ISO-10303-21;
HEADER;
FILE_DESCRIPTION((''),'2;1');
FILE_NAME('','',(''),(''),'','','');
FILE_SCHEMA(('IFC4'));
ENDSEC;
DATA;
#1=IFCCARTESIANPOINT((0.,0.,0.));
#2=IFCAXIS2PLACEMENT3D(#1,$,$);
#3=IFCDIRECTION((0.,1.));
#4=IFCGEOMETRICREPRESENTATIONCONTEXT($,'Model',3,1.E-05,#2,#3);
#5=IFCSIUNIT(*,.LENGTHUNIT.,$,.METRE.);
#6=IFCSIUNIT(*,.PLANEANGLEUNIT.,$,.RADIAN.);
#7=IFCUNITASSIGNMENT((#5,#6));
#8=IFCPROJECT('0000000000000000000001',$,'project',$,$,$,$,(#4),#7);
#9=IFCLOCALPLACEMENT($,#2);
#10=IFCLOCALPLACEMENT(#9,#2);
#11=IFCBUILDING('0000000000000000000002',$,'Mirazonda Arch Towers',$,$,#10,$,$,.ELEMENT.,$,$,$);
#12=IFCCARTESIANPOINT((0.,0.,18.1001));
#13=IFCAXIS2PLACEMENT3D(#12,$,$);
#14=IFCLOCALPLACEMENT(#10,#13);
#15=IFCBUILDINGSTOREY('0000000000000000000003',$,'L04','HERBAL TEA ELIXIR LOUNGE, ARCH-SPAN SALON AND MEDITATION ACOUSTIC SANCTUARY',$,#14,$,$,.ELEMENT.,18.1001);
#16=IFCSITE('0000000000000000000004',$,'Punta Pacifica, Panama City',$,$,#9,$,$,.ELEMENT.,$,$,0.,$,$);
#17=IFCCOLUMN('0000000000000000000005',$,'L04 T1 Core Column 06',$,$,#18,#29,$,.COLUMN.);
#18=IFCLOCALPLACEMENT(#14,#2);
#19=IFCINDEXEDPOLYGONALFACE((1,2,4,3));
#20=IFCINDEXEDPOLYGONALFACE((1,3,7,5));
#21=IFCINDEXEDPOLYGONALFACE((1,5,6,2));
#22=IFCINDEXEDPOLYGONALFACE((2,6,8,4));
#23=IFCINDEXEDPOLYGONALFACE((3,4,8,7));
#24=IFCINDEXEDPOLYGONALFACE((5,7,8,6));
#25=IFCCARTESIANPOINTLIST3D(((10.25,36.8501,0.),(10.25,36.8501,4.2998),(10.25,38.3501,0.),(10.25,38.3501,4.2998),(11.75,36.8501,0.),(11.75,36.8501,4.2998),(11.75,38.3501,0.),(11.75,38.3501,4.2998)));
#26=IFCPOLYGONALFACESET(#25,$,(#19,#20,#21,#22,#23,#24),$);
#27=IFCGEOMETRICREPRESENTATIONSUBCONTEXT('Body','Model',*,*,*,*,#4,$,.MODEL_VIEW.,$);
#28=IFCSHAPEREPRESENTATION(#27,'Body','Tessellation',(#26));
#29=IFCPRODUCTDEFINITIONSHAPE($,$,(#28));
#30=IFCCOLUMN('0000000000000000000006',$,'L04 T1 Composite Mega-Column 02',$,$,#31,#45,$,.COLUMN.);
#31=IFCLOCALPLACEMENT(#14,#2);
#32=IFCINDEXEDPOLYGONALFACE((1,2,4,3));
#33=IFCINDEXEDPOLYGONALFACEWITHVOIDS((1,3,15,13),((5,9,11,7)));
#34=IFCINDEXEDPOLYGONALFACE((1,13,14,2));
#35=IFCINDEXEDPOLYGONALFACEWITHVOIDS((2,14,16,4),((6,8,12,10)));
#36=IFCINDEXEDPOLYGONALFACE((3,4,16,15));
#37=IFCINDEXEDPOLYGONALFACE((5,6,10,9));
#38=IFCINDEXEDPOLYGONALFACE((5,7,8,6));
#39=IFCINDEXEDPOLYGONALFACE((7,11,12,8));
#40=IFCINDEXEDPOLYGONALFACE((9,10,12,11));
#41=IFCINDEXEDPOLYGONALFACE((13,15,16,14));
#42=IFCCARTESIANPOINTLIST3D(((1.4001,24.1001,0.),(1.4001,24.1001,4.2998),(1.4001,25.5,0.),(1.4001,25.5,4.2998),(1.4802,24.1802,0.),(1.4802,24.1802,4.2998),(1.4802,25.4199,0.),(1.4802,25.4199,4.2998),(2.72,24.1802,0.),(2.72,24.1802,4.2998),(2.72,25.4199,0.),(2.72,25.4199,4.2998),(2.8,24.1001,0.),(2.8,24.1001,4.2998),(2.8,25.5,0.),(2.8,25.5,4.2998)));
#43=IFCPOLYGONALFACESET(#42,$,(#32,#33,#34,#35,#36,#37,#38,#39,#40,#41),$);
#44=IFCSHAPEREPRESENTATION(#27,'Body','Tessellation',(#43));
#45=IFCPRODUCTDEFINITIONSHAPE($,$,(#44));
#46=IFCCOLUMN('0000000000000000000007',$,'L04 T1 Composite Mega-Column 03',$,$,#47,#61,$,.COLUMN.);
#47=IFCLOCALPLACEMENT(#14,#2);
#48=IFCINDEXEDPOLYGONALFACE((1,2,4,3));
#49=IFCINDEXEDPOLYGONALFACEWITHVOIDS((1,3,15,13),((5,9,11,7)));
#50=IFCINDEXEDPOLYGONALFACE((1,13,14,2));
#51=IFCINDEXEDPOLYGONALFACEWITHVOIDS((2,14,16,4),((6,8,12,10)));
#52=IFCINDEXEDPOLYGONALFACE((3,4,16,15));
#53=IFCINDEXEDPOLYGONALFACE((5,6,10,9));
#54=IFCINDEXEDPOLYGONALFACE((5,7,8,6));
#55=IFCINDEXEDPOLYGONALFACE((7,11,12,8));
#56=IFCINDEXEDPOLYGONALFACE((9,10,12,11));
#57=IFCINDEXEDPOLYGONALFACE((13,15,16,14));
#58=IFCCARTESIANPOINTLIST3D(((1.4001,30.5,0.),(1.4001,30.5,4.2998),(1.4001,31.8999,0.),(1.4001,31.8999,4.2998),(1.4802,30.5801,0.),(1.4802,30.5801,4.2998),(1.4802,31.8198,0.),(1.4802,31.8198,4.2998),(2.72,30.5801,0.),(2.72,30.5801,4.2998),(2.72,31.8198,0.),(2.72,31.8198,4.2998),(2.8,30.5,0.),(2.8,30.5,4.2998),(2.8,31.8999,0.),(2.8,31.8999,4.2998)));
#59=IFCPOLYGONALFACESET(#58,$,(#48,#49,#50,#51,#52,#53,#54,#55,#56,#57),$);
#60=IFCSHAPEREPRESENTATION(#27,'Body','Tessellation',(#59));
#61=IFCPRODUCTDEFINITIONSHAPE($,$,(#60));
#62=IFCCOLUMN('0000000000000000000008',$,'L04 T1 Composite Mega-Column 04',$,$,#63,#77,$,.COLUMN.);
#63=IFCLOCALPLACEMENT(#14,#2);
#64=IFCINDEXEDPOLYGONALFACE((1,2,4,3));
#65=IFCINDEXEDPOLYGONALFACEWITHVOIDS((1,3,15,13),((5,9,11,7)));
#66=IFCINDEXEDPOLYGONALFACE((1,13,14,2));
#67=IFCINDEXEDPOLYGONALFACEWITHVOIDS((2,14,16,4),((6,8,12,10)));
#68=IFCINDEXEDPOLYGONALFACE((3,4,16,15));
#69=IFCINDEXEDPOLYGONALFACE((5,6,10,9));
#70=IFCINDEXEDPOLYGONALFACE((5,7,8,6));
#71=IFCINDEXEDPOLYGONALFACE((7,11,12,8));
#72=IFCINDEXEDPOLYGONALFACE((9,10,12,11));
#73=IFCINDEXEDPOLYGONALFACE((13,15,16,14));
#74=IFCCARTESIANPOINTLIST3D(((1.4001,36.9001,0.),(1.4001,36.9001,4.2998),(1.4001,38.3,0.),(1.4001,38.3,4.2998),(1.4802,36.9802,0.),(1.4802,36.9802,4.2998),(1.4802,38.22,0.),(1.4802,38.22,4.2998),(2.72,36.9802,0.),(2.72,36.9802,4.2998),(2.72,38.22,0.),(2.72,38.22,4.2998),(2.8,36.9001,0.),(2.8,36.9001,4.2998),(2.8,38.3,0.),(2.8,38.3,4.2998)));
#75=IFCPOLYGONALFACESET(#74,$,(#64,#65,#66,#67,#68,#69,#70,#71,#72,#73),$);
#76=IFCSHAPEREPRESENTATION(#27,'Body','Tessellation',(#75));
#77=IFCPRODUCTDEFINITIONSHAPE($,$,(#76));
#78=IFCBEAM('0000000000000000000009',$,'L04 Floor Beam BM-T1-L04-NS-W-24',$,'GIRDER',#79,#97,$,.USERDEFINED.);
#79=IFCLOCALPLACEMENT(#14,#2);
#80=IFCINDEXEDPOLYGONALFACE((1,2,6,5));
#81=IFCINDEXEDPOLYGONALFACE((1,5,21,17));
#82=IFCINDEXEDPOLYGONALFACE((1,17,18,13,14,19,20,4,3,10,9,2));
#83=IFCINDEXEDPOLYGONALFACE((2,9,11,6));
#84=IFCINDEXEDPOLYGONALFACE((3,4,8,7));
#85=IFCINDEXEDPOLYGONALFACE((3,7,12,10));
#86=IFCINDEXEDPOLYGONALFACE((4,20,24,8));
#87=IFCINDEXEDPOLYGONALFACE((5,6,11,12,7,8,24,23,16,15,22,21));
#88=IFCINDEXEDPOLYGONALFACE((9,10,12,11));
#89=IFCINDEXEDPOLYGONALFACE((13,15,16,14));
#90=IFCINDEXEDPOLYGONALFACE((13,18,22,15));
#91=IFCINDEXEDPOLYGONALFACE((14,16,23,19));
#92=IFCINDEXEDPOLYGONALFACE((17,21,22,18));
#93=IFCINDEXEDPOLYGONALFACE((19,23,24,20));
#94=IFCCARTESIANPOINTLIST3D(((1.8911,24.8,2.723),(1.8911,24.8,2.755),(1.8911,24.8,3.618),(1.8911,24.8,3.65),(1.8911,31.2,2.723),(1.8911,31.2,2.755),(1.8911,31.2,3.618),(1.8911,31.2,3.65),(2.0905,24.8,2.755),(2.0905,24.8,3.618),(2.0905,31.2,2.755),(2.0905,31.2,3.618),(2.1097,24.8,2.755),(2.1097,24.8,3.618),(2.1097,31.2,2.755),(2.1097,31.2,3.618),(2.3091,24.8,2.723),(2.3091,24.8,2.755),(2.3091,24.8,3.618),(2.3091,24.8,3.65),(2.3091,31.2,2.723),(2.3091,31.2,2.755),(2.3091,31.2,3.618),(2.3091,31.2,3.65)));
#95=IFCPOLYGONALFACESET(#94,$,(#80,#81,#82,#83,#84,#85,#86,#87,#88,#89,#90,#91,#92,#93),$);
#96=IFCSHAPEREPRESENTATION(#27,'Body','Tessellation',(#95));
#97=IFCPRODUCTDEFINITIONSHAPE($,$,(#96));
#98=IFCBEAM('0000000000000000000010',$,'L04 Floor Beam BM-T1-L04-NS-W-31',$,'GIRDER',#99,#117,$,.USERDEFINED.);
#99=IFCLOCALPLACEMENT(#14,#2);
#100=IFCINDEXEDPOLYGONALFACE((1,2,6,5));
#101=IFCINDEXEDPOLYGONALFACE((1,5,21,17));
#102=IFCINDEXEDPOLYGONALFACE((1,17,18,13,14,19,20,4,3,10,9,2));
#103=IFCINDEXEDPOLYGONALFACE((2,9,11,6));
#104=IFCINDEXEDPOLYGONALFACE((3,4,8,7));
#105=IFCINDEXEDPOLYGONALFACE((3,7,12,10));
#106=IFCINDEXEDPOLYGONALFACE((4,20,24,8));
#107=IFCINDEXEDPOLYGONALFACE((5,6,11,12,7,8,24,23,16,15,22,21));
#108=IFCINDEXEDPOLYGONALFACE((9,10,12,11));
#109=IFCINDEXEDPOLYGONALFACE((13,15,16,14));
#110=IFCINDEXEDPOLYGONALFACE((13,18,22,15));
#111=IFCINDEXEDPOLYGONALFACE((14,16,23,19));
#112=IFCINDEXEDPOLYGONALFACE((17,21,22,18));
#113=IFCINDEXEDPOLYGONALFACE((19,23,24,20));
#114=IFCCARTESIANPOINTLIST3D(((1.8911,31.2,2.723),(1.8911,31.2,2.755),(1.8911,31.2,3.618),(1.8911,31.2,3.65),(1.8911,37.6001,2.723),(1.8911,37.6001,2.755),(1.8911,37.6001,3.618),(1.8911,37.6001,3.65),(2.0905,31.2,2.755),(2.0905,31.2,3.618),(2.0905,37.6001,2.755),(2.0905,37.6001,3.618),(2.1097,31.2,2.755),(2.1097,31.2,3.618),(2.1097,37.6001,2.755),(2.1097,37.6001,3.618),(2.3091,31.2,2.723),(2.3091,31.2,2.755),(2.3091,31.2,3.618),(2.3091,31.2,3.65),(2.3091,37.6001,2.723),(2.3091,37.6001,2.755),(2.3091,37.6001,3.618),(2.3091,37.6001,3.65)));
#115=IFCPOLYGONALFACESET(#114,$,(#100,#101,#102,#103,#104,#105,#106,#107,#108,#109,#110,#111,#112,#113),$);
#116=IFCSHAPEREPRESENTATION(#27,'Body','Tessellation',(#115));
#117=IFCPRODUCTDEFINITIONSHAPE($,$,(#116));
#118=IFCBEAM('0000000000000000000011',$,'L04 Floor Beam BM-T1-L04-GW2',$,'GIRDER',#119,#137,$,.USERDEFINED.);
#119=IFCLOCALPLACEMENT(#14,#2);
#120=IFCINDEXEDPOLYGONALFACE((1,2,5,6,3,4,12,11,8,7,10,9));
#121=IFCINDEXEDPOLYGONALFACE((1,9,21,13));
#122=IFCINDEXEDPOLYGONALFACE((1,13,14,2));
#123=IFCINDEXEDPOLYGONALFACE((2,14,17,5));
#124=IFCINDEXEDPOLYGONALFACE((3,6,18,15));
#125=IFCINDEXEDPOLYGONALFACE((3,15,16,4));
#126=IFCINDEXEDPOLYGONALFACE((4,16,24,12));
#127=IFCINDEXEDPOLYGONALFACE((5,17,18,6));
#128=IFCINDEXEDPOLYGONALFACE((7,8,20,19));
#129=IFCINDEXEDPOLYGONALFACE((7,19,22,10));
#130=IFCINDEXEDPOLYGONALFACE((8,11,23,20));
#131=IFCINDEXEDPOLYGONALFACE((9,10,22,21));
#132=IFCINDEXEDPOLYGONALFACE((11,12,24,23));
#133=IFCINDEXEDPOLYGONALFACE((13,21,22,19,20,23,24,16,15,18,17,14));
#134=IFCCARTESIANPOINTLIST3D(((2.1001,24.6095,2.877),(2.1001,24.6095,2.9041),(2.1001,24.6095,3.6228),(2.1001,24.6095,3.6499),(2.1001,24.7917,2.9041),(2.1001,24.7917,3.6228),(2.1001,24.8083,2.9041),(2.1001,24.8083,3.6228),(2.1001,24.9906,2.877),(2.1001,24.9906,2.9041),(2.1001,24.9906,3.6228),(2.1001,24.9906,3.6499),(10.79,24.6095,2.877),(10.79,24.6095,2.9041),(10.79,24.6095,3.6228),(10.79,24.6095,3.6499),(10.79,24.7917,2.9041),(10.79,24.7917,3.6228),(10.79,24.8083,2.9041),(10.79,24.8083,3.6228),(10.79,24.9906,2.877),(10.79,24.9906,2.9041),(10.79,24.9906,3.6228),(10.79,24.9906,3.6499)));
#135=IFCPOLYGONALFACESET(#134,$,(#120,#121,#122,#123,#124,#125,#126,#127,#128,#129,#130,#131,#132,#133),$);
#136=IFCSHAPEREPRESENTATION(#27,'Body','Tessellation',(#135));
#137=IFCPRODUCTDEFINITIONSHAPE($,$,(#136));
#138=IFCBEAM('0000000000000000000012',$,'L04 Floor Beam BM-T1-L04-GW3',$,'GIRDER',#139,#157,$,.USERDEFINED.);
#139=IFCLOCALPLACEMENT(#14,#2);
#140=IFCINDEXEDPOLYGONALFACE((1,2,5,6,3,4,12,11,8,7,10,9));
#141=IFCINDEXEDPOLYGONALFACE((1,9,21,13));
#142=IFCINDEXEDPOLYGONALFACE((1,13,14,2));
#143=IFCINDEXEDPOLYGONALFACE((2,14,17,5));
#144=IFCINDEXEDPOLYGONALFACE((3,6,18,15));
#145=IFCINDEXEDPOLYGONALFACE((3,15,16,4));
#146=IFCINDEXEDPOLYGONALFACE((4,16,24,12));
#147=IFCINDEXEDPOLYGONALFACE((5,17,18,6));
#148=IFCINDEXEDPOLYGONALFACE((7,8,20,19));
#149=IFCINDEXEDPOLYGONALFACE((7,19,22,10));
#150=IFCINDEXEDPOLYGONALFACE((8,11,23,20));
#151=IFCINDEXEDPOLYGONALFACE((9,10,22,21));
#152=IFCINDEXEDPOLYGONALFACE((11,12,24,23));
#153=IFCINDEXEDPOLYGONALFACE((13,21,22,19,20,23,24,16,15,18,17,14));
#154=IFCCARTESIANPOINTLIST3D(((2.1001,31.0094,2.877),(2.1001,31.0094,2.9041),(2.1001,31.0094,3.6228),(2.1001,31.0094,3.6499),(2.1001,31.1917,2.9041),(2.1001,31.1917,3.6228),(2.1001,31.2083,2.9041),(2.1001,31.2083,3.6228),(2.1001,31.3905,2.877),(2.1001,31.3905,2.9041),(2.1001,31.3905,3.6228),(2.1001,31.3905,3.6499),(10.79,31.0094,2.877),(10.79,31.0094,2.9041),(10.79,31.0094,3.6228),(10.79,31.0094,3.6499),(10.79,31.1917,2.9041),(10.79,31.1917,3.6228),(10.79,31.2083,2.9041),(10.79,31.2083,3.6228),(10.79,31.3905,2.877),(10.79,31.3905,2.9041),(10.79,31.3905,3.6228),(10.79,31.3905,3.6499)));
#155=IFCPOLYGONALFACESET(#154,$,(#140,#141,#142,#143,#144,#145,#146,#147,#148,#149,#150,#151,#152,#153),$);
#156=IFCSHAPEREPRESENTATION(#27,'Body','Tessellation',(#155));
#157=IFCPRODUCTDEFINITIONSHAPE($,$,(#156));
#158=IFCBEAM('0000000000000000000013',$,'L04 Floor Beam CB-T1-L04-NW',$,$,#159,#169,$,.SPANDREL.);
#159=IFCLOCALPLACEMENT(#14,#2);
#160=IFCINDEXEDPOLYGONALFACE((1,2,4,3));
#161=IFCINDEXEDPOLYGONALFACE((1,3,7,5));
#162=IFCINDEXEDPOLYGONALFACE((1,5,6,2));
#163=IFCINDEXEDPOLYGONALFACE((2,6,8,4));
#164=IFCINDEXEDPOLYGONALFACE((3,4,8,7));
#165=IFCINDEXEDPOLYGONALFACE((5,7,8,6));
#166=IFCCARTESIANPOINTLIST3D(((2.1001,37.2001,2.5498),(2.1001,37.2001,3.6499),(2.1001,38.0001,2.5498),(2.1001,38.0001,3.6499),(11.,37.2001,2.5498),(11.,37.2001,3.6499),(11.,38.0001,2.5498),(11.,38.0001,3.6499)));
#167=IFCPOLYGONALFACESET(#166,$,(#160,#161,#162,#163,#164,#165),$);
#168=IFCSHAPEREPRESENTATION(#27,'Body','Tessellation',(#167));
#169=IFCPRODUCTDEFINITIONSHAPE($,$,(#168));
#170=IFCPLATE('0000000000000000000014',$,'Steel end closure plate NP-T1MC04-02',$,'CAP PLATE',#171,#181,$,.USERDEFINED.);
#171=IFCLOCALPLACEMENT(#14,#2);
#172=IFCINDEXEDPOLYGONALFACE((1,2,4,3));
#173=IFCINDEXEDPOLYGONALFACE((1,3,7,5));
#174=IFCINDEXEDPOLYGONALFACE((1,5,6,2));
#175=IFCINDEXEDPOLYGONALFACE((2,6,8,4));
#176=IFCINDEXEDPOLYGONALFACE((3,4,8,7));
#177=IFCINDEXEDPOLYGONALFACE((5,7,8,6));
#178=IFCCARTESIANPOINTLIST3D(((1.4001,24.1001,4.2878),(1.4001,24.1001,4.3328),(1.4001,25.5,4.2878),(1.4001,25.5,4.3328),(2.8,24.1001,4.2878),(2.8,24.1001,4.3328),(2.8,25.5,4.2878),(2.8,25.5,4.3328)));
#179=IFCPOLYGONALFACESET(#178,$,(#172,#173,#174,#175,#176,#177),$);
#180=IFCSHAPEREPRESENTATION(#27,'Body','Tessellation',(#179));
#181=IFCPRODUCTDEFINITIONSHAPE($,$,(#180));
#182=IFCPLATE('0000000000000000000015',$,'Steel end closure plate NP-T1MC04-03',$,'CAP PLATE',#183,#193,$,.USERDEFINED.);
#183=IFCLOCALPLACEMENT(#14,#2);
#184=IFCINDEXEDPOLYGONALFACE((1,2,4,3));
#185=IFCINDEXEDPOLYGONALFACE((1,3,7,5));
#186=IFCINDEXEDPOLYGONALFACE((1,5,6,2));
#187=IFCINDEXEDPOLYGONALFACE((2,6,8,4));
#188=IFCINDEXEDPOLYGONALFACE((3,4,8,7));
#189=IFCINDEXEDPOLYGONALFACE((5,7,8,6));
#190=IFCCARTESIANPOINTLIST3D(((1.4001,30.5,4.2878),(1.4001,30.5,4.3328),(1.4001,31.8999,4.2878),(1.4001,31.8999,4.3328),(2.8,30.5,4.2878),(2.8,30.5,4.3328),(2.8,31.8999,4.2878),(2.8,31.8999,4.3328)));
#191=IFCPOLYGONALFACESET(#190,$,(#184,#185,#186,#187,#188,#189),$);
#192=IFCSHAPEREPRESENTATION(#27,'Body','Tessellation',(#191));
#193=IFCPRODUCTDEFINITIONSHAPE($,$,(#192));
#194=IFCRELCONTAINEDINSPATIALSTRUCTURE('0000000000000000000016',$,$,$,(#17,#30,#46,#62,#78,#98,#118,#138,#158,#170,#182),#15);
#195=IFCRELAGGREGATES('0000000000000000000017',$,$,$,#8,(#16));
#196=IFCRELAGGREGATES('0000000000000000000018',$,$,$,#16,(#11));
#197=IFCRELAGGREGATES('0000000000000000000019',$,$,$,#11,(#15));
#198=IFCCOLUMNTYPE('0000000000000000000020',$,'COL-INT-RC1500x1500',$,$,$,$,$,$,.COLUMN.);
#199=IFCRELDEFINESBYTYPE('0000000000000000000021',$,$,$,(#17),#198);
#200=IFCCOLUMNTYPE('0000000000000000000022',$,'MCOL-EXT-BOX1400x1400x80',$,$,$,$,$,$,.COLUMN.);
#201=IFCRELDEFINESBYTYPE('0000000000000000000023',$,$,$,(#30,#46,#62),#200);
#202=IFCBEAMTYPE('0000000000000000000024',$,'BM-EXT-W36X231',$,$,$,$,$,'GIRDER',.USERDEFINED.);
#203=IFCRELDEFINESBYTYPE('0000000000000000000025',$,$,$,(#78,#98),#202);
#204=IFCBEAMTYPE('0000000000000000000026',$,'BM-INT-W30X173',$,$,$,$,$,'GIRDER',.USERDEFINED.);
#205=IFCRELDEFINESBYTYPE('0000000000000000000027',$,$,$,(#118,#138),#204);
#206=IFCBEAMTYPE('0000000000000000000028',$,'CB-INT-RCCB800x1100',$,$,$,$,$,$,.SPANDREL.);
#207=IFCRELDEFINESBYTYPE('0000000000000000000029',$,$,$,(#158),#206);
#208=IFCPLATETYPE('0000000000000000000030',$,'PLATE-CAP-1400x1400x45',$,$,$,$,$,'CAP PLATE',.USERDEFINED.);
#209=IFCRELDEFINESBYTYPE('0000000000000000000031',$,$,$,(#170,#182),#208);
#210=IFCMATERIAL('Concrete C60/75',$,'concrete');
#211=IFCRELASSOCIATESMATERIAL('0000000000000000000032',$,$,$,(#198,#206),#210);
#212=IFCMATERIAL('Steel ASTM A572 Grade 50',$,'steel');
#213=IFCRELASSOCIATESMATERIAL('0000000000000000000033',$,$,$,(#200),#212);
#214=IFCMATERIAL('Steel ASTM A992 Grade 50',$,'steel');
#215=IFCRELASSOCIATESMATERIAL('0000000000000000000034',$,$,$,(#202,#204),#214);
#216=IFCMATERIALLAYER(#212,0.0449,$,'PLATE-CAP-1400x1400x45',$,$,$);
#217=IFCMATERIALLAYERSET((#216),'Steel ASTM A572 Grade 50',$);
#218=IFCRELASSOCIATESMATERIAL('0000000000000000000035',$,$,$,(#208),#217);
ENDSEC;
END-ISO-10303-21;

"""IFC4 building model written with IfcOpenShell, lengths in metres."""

from ifc_helpers import new_model, si_unit, direction, frame, origin, origin_2d, place, context, subcontext, project, spatial, rectangle, hollow_rectangle, i_section, extrude, material, layer, layer_set, material_profile, profile_set, type_object, element, save


model = new_model("IFC4")

# Units and contexts
model_context = context("Model", 3, precision=1e-05, world=origin(), true_north=direction((0.0, 1.0)))
body_context = subcontext(model_context, "Body", "Model", "MODEL_VIEW")
ifc_project = project(units=[si_unit("LENGTHUNIT", "METRE"), si_unit("PLANEANGLEUNIT", "RADIAN")], contexts=[model_context])

# Site, building, storey
site_placement = place(None, origin())
site = spatial("IfcSite", under=ifc_project, at=site_placement, Name="Punta Pacifica, Panama City", CompositionType="ELEMENT", RefElevation=0.0)
building_placement = place(site_placement, origin())
building = spatial("IfcBuilding", under=site, at=building_placement, Name="Mirazonda Arch Towers", CompositionType="ELEMENT")
storey_placement = place(building_placement, frame((0.0, 0.0, 18.1001)))
storey = spatial("IfcBuildingStorey", under=building, at=storey_placement, Name="L04", Description="HERBAL TEA ELIXIR LOUNGE, ARCH-SPAN SALON AND MEDITATION ACOUSTIC SANCTUARY", CompositionType="ELEMENT", Elevation=18.1001)

# Columns
ifc_material_1 = material(Name="Concrete C60/75", Category="concrete")
ifc_material_profile_1 = material_profile(ifc_material_1, rectangle(XDim=1.5, YDim=1.5, at=origin_2d()), Name="RC1500x1500")
ifc_profile_set_1 = profile_set([ifc_material_profile_1], Name="Concrete C60/75")
column_type_1 = type_object("IfcColumnType", Name="COL-INT-RC1500x1500", PredefinedType="COLUMN", material=ifc_profile_set_1)
column_placement = place(storey_placement, frame((11.0, 37.6001, 0.0), z_axis=(0.0, 0.0, 1.0), x_axis=(1.0, 0.0, 0.0)))
element("IfcColumn", 1, at=column_placement, inside=storey, type_object=column_type_1, Name="L04 T1 Core Column 06", PredefinedType="COLUMN", context=body_context, shape_type="SweptSolid", body=[
    extrude(rectangle(XDim=1.5, YDim=1.5, at=origin_2d()), origin(), (0.0, 0.0, 1.0), 4.2998),
])
ifc_material_2 = material(Name="Steel ASTM A572 Grade 50", Category="steel")
ifc_material_profile_2 = material_profile(ifc_material_2, hollow_rectangle(XDim=1.3999, YDim=1.3999, WallThickness=0.0801, at=origin_2d()), Name="BOX1400x1400x80")
ifc_profile_set_2 = profile_set([ifc_material_profile_2], Name="Steel ASTM A572 Grade 50")
column_type_2 = type_object("IfcColumnType", Name="MCOL-EXT-BOX1400x1400x80", PredefinedType="COLUMN", material=ifc_profile_set_2)
for number, where, z_axis, x_axis, name in (
    (2, (2.1001, 24.8, 0.0), (0.0, 0.0, 1.0), (1.0, 0.0, 0.0), "L04 T1 Composite Mega-Column 02"),
    (3, (2.1001, 31.2, 0.0), (0.0, 0.0, 1.0), (1.0, 0.0, 0.0), "L04 T1 Composite Mega-Column 03"),
    (4, (2.1001, 37.6001, 0.0), (0.0, 0.0, 1.0), (1.0, 0.0, 0.0), "L04 T1 Composite Mega-Column 04"),
):
    element("IfcColumn", number, at=place(storey_placement, frame(where, z_axis=z_axis, x_axis=x_axis)), inside=storey, type_object=column_type_2, Name=name, PredefinedType="COLUMN", context=body_context, shape_type="SweptSolid", body=[
        extrude(hollow_rectangle(XDim=1.3999, YDim=1.3999, WallThickness=0.0801, at=origin_2d()), origin(), (0.0, 0.0, 1.0), 4.2998),
    ])

# Beams
ifc_material_3 = material(Name="Steel ASTM A992 Grade 50", Category="steel")
ifc_material_profile_3 = material_profile(ifc_material_3, i_section(OverallWidth=0.418, OverallDepth=0.927, WebThickness=0.0193, FlangeThickness=0.032, at=origin_2d()), Name="W36X231")
ifc_profile_set_3 = profile_set([ifc_material_profile_3], Name="Steel ASTM A992 Grade 50")
beam_type_1 = type_object("IfcBeamType", Name="BM-EXT-W36X231", ElementType="GIRDER", PredefinedType="USERDEFINED", material=ifc_profile_set_3)
beam_1_placement = place(storey_placement, frame((2.1001, 24.8, 3.1865), z_axis=(0.0, 1.0, 0.0), x_axis=(-1.0, 0.0, 0.0)))
element("IfcBeam", 5, at=beam_1_placement, inside=storey, type_object=beam_type_1, Name="L04 Floor Beam BM-T1-L04-NS-W-24", ObjectType="GIRDER", PredefinedType="USERDEFINED", context=body_context, shape_type="SweptSolid", body=[
    extrude(i_section(OverallWidth=0.418, OverallDepth=0.927, WebThickness=0.0193, FlangeThickness=0.032, at=origin_2d()), origin(), (0.0, 0.0, 1.0), 6.3999),
])
beam_2_placement = place(storey_placement, frame((2.1001, 31.2, 3.1865), z_axis=(0.0, 1.0, 0.0), x_axis=(-1.0, 0.0, 0.0)))
element("IfcBeam", 6, at=beam_2_placement, inside=storey, type_object=beam_type_1, Name="L04 Floor Beam BM-T1-L04-NS-W-31", ObjectType="GIRDER", PredefinedType="USERDEFINED", context=body_context, shape_type="SweptSolid", body=[
    extrude(i_section(OverallWidth=0.418, OverallDepth=0.927, WebThickness=0.0193, FlangeThickness=0.032, at=origin_2d()), origin(), (0.0, 0.0, 1.0), 6.4001),
])
ifc_material_profile_4 = material_profile(ifc_material_3, i_section(OverallWidth=0.3811, OverallDepth=0.7729, WebThickness=0.0166, FlangeThickness=0.0271, at=origin_2d()), Name="W30X173")
ifc_profile_set_4 = profile_set([ifc_material_profile_4], Name="Steel ASTM A992 Grade 50")
beam_type_2 = type_object("IfcBeamType", Name="BM-INT-W30X173", ElementType="GIRDER", PredefinedType="USERDEFINED", material=ifc_profile_set_4)
for number, where, z_axis, x_axis, name in (
    (7, (2.1001, 24.8, 3.2634), (1.0, 0.0, 0.0), (0.0, 1.0, 0.0), "L04 Floor Beam BM-T1-L04-GW2"),
    (8, (2.1001, 31.2, 3.2634), (1.0, 0.0, 0.0), (0.0, 1.0, 0.0), "L04 Floor Beam BM-T1-L04-GW3"),
):
    element("IfcBeam", number, at=place(storey_placement, frame(where, z_axis=z_axis, x_axis=x_axis)), inside=storey, type_object=beam_type_2, Name=name, ObjectType="GIRDER", PredefinedType="USERDEFINED", context=body_context, shape_type="SweptSolid", body=[
        extrude(i_section(OverallWidth=0.3811, OverallDepth=0.7729, WebThickness=0.0166, FlangeThickness=0.0271, at=origin_2d()), origin(), (0.0, 0.0, 1.0), 8.6899),
    ])
ifc_material_profile_5 = material_profile(ifc_material_1, rectangle(XDim=0.8, YDim=1.1001, at=origin_2d()), Name="RCCB800x1100")
ifc_profile_set_5 = profile_set([ifc_material_profile_5], Name="Concrete C60/75")
beam_type_3 = type_object("IfcBeamType", Name="CB-INT-RCCB800x1100", PredefinedType="SPANDREL", material=ifc_profile_set_5)
beam_3_placement = place(storey_placement, frame((2.1001, 37.6001, 3.0999), z_axis=(1.0, 0.0, 0.0), x_axis=(0.0, 1.0, 0.0)))
element("IfcBeam", 9, at=beam_3_placement, inside=storey, type_object=beam_type_3, Name="L04 Floor Beam CB-T1-L04-NW", PredefinedType="SPANDREL", context=body_context, shape_type="SweptSolid", body=[
    extrude(rectangle(XDim=0.8, YDim=1.1001, at=origin_2d()), origin(), (0.0, 0.0, 1.0), 8.8999),
])

# Plates
ifc_layer_1 = layer(ifc_material_2, 0.0449, Name="PLATE-CAP-1400x1400x45")
ifc_layer_set_1 = layer_set([ifc_layer_1], Name="Steel ASTM A572 Grade 50")
plate_type = type_object("IfcPlateType", Name="PLATE-CAP-1400x1400x45", ElementType="CAP PLATE", PredefinedType="USERDEFINED", material=ifc_layer_set_1)
for number, where, z_axis, x_axis, name in (
    (10, (2.1001, 24.8, 4.2878), (0.0, 0.0, 1.0), (1.0, 0.0, 0.0), "Steel end closure plate NP-T1MC04-02"),
    (11, (2.1001, 31.2, 4.2878), (0.0, 0.0, 1.0), (1.0, 0.0, 0.0), "Steel end closure plate NP-T1MC04-03"),
):
    element("IfcPlate", number, at=place(storey_placement, frame(where, z_axis=z_axis, x_axis=x_axis)), inside=storey, type_object=plate_type, Name=name, ObjectType="CAP PLATE", PredefinedType="USERDEFINED", context=body_context, shape_type="SweptSolid", body=[
        extrude(rectangle(XDim=1.3999, YDim=1.3999, at=origin_2d()), origin(), (0.0, 0.0, 1.0), 0.0449),
    ])

save(model, "model.ifc")
